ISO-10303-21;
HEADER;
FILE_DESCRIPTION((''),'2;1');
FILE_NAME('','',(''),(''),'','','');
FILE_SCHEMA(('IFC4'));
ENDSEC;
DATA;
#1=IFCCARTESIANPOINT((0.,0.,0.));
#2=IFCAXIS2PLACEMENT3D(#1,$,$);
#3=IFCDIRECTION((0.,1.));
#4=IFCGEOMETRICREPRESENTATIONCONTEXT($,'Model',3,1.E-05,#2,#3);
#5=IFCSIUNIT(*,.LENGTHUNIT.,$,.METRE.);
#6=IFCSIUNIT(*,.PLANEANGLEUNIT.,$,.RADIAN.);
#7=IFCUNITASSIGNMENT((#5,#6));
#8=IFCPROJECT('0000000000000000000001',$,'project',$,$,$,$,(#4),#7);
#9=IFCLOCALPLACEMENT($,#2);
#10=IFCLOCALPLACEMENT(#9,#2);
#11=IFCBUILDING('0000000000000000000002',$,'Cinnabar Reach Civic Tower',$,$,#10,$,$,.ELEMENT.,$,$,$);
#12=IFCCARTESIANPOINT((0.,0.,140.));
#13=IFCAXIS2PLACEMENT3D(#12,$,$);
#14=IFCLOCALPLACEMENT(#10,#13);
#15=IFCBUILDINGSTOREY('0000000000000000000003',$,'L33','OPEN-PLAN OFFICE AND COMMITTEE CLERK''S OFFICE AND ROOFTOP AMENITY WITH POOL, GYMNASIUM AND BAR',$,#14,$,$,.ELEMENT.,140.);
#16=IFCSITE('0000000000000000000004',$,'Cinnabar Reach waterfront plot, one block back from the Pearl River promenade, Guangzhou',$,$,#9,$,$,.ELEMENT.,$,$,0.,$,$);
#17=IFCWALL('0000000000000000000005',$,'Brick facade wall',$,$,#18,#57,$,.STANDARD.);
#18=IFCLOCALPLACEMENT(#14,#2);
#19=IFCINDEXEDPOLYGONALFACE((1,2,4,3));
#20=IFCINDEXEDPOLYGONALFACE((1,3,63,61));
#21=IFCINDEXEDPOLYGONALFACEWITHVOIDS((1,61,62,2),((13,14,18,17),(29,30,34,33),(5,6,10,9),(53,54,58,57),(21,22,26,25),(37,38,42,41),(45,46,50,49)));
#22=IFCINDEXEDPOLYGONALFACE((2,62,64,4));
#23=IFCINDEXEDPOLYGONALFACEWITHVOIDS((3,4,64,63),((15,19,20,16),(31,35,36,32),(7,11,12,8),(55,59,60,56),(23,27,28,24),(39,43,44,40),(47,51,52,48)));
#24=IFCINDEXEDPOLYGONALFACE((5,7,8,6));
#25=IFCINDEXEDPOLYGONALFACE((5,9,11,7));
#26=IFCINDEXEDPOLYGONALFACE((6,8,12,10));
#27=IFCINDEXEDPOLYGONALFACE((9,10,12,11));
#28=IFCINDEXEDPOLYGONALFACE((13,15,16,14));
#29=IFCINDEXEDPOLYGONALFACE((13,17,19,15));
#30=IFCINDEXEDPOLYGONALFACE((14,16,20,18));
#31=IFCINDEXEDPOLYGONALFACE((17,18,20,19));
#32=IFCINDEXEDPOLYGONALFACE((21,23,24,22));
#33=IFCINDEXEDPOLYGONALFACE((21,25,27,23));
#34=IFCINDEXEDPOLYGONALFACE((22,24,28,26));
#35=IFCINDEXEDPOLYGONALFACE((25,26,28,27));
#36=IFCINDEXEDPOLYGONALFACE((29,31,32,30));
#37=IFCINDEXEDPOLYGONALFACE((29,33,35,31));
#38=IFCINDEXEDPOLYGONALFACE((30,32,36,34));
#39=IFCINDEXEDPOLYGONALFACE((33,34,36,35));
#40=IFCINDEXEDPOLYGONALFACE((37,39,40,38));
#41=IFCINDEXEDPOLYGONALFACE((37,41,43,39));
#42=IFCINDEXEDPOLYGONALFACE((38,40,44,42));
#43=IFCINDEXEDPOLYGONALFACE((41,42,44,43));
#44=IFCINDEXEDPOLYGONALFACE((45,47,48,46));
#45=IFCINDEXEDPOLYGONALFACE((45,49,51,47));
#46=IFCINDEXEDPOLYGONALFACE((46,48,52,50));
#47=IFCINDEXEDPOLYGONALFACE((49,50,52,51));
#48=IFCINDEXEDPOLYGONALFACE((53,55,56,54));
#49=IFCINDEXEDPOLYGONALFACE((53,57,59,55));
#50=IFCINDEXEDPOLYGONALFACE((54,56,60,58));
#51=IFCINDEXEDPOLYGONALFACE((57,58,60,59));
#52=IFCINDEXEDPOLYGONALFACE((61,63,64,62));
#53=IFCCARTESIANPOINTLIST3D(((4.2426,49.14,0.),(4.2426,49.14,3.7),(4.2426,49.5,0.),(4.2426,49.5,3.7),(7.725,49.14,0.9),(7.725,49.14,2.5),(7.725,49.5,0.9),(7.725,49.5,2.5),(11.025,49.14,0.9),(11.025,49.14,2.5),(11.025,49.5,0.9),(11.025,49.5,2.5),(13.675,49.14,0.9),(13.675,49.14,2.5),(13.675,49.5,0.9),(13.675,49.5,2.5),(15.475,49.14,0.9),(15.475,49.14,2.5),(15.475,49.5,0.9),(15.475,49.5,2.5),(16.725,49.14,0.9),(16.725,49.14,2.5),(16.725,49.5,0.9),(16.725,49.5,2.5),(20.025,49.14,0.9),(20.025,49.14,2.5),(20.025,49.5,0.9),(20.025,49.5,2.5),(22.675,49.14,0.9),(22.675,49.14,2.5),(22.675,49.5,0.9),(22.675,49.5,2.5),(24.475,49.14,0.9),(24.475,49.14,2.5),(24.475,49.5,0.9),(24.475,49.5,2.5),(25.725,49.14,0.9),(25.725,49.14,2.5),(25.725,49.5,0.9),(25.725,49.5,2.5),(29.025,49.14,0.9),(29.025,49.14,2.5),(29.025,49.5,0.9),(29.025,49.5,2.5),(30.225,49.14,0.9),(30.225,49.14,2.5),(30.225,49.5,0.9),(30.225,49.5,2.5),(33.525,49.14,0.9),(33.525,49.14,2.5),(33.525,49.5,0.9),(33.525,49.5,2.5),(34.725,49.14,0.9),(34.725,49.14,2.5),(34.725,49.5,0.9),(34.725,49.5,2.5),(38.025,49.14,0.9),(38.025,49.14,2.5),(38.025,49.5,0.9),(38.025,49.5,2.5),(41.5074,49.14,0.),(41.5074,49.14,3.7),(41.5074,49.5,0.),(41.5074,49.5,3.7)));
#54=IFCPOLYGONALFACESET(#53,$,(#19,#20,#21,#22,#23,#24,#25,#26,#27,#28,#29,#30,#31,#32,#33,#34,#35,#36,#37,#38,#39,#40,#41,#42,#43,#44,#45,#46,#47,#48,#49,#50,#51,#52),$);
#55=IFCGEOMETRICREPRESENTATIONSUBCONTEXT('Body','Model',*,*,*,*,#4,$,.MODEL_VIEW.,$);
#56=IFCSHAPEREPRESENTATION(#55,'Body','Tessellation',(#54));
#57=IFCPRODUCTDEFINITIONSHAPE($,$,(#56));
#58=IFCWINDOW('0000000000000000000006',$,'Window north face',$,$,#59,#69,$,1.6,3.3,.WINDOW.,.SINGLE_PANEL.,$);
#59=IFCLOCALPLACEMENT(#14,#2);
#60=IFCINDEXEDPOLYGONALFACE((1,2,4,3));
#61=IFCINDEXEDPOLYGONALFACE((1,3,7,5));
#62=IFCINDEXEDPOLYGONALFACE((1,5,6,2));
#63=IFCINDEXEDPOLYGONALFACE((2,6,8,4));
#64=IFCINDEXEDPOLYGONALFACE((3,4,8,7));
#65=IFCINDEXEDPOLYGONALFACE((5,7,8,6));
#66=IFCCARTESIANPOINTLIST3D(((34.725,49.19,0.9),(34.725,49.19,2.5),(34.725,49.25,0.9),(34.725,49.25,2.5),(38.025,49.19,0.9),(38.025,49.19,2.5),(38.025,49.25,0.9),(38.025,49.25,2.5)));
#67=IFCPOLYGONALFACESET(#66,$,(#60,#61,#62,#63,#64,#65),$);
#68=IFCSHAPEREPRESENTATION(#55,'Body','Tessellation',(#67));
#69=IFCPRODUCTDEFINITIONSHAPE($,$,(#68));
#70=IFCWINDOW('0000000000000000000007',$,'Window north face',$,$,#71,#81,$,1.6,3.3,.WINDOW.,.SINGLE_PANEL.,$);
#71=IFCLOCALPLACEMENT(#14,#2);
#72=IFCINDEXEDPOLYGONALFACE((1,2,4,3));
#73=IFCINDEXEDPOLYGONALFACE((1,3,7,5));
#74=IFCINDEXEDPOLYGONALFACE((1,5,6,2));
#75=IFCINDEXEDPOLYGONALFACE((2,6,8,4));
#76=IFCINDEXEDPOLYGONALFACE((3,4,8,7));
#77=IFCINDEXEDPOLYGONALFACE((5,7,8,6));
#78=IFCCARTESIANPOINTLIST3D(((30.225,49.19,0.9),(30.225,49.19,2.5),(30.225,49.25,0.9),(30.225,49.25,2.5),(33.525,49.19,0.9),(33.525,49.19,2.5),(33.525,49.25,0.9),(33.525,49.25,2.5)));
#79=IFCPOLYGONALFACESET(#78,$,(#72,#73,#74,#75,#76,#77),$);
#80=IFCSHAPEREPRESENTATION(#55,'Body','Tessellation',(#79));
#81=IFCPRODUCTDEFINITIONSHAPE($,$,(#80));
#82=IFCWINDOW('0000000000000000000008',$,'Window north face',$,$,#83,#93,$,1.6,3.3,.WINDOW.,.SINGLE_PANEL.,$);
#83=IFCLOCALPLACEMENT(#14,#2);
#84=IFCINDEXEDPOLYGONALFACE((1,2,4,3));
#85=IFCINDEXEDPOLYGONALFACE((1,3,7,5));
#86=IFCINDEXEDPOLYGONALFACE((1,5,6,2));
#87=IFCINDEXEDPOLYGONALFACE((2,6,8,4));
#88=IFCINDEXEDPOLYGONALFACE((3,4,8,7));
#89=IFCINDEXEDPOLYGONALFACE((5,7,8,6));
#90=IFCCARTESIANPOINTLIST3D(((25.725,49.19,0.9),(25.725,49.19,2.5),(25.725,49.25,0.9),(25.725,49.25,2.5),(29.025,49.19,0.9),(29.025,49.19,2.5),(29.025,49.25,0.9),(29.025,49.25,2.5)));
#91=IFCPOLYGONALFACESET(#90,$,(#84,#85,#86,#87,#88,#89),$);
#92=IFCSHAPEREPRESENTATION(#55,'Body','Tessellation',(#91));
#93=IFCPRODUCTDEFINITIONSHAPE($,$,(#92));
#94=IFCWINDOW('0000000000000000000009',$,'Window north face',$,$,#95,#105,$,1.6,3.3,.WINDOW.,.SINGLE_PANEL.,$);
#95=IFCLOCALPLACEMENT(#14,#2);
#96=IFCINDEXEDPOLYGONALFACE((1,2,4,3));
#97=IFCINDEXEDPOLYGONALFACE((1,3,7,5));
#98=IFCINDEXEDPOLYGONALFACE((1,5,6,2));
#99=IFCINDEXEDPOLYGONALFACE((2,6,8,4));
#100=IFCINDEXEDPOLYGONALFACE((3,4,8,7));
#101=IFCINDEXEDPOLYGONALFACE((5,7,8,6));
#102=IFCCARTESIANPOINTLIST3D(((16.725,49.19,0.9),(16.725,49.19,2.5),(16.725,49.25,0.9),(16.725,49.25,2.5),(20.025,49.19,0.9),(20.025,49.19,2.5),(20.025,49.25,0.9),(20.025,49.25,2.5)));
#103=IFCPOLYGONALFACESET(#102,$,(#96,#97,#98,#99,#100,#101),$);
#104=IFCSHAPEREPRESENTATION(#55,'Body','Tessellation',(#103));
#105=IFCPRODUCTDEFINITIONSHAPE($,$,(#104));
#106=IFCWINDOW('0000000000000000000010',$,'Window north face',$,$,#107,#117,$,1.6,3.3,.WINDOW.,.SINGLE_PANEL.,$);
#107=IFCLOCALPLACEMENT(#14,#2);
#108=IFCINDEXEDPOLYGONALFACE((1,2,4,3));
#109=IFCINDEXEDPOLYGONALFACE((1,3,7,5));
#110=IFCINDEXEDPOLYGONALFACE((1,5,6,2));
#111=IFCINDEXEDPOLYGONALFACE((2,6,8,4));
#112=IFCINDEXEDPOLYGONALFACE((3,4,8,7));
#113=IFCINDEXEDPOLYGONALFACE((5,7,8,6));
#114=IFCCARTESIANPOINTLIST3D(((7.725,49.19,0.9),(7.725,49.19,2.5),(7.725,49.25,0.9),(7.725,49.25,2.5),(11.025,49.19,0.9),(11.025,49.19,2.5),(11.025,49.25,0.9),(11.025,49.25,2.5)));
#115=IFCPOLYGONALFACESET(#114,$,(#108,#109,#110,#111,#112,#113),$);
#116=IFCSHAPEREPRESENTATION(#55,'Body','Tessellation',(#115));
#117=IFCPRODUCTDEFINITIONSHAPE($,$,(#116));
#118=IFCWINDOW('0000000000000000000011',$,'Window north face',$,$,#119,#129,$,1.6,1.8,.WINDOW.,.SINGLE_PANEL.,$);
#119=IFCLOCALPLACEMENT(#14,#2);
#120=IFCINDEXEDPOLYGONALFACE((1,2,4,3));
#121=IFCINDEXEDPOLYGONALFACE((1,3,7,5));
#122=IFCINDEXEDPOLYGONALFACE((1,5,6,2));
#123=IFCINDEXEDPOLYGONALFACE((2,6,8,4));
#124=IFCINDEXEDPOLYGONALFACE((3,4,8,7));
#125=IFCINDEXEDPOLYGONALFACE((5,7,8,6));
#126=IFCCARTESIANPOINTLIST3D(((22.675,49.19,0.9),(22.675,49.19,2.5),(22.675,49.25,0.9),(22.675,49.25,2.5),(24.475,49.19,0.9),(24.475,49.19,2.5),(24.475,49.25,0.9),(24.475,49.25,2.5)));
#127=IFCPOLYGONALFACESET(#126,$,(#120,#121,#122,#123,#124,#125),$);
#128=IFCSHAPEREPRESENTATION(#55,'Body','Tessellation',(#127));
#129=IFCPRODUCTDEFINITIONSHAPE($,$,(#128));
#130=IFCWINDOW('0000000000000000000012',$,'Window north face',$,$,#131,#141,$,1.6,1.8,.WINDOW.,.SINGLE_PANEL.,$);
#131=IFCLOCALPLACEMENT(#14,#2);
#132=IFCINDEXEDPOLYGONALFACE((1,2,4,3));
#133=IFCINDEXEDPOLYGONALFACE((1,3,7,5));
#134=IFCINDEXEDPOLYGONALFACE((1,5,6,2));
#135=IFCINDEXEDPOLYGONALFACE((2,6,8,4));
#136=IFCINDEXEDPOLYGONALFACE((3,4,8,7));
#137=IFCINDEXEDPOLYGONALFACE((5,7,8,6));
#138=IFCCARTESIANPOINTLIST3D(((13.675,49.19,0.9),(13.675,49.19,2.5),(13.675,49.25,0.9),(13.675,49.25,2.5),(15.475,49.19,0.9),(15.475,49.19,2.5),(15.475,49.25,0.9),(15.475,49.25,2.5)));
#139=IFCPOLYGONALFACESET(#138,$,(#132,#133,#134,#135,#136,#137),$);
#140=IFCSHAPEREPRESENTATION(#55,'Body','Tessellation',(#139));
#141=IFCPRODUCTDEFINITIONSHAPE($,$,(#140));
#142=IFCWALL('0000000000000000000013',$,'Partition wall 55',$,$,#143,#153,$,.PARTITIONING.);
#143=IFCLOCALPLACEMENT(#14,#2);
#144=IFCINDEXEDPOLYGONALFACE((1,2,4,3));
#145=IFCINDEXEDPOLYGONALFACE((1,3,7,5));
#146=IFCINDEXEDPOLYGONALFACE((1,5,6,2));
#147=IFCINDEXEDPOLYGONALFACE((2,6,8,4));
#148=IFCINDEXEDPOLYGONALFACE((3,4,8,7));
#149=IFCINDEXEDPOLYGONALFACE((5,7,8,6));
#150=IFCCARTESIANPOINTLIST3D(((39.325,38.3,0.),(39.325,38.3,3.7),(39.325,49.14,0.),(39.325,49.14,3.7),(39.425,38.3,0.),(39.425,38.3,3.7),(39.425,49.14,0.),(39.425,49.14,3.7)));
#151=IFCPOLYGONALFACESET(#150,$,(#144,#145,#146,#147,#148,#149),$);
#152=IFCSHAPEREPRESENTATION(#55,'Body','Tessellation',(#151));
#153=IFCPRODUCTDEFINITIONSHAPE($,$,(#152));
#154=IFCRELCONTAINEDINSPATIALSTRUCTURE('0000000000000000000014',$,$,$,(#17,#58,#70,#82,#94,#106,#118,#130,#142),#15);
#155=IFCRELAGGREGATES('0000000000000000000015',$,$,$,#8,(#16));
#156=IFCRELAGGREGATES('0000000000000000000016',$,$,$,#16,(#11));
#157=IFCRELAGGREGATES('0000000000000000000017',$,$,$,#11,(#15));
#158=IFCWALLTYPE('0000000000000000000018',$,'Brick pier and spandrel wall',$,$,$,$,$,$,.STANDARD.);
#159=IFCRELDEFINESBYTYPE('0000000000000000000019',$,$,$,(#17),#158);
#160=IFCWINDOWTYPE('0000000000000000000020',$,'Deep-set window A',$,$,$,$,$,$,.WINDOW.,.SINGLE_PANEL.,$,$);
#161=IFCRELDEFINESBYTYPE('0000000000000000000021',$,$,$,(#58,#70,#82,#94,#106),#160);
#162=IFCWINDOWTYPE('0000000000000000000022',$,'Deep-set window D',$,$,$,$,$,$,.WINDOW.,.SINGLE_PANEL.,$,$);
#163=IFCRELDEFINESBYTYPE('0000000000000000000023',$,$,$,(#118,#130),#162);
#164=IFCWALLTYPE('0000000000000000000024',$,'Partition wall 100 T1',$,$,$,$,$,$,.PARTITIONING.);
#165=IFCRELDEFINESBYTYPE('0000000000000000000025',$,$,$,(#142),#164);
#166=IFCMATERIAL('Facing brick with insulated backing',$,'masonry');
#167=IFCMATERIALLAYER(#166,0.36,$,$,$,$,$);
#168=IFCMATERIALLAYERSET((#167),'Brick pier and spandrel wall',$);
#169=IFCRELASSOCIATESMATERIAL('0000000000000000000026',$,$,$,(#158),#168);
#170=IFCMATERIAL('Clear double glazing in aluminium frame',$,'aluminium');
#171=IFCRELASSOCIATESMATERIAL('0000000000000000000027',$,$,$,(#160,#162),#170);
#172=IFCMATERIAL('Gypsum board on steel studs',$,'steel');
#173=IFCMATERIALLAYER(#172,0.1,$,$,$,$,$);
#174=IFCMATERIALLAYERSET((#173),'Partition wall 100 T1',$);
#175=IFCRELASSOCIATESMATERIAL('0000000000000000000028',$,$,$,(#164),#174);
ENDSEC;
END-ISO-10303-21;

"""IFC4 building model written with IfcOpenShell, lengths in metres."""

from ifc_helpers import new_model, si_unit, direction, frame, frame_2d, origin, place, context, subcontext, project, spatial, rectangle, extrude, material, layer, layer_set, type_object, element, fill, save


model = new_model("IFC4")

# Units and contexts
model_context = context("Model", 3, precision=1e-05, world=origin(), true_north=direction((0.0, 1.0)))
body_context = subcontext(model_context, "Body", "Model", "MODEL_VIEW")
ifc_project = project(units=[si_unit("LENGTHUNIT", "METRE"), si_unit("PLANEANGLEUNIT", "RADIAN")], contexts=[model_context])

# Site, building, storey
site_placement = place(None, origin())
site = spatial("IfcSite", under=ifc_project, at=site_placement, Name="Cinnabar Reach waterfront plot, one block back from the Pearl River promenade, Guangzhou", CompositionType="ELEMENT", RefElevation=0.0)
building_placement = place(site_placement, origin())
building = spatial("IfcBuilding", under=site, at=building_placement, Name="Cinnabar Reach Civic Tower", CompositionType="ELEMENT")
storey_placement = place(building_placement, frame((0.0, 0.0, 140.0)))
storey = spatial("IfcBuildingStorey", under=building, at=storey_placement, Name="L33", Description="OPEN-PLAN OFFICE AND COMMITTEE CLERK'S OFFICE AND ROOFTOP AMENITY WITH POOL, GYMNASIUM AND BAR", CompositionType="ELEMENT", Elevation=140.0)

# Shared definitions
ifc_material_1 = material(Name="Facing brick with insulated backing", Category="masonry")

# Shared definitions
ifc_layer_1 = layer(ifc_material_1, 0.36)
ifc_layer_set_1 = layer_set([ifc_layer_1], Name="Brick pier and spandrel wall")
wall_type_1 = type_object("IfcWallType", Name="Brick pier and spandrel wall", PredefinedType="STANDARD", material=ifc_layer_set_1)
ifc_material_2 = material(Name="Clear double glazing in aluminium frame", Category="aluminium")
window_type_1 = type_object("IfcWindowType", Name="Deep-set window A", PartitioningType="SINGLE_PANEL", PredefinedType="WINDOW", material=ifc_material_2)

# Wall, openings, windows
wall_1_placement = place(storey_placement, frame((41.5074, 49.32, 0.0), z_axis=(0.0, 0.0, 1.0), x_axis=(-1.0, 0.0, 0.0)))
wall_1 = element("IfcWall", 1, at=wall_1_placement, inside=storey, type_object=wall_type_1, Name="Brick facade wall", PredefinedType="STANDARD", context=body_context, shape_type="SweptSolid", body=[
    extrude(rectangle(XDim=37.2648, YDim=0.36, at=frame_2d((18.6324, 0.0))), origin(), (0.0, 0.0, 1.0), 3.7),
])
opening_1_placement = place(wall_1_placement, frame((3.4824, 0.0, 0.9)))
opening_1 = element("IfcOpeningElement", 2, at=opening_1_placement, cuts=wall_1, PredefinedType="OPENING", context=body_context, shape_type="SweptSolid", body=[
    extrude(rectangle(XDim=3.3, YDim=1.6, at=frame_2d((1.65, 0.8))), frame((0.0, 0.19, 0.0), z_axis=(0.0, -1.0, 0.0), x_axis=(1.0, 0.0, 0.0)), (0.0, 0.0, 1.0), 0.38),
])
opening_2_placement = place(wall_1_placement, frame((7.9824, 0.0, 0.9)))
opening_2 = element("IfcOpeningElement", 3, at=opening_2_placement, cuts=wall_1, PredefinedType="OPENING", context=body_context, shape_type="SweptSolid", body=[
    extrude(rectangle(XDim=3.3, YDim=1.6, at=frame_2d((1.65, 0.8))), frame((0.0, 0.19, 0.0), z_axis=(0.0, -1.0, 0.0), x_axis=(1.0, 0.0, 0.0)), (0.0, 0.0, 1.0), 0.38),
])
opening_3_placement = place(wall_1_placement, frame((12.4824, 0.0, 0.9)))
opening_3 = element("IfcOpeningElement", 4, at=opening_3_placement, cuts=wall_1, PredefinedType="OPENING", context=body_context, shape_type="SweptSolid", body=[
    extrude(rectangle(XDim=3.3, YDim=1.6, at=frame_2d((1.65, 0.8))), frame((0.0, 0.19, 0.0), z_axis=(0.0, -1.0, 0.0), x_axis=(1.0, 0.0, 0.0)), (0.0, 0.0, 1.0), 0.38),
])
opening_4_placement = place(wall_1_placement, frame((17.0324, 0.0, 0.9)))
opening_4 = element("IfcOpeningElement", 5, at=opening_4_placement, cuts=wall_1, PredefinedType="OPENING", context=body_context, shape_type="SweptSolid", body=[
    extrude(rectangle(XDim=1.8, YDim=1.6, at=frame_2d((0.9, 0.8))), frame((0.0, 0.19, 0.0), z_axis=(0.0, -1.0, 0.0), x_axis=(1.0, 0.0, 0.0)), (0.0, 0.0, 1.0), 0.38),
])
opening_5_placement = place(wall_1_placement, frame((21.4824, 0.0, 0.9)))
opening_5 = element("IfcOpeningElement", 6, at=opening_5_placement, cuts=wall_1, PredefinedType="OPENING", context=body_context, shape_type="SweptSolid", body=[
    extrude(rectangle(XDim=3.3, YDim=1.6, at=frame_2d((1.65, 0.8))), frame((0.0, 0.19, 0.0), z_axis=(0.0, -1.0, 0.0), x_axis=(1.0, 0.0, 0.0)), (0.0, 0.0, 1.0), 0.38),
])
opening_6_placement = place(wall_1_placement, frame((26.0324, 0.0, 0.9)))
opening_6 = element("IfcOpeningElement", 7, at=opening_6_placement, cuts=wall_1, PredefinedType="OPENING", context=body_context, shape_type="SweptSolid", body=[
    extrude(rectangle(XDim=1.8, YDim=1.6, at=frame_2d((0.9, 0.8))), frame((0.0, 0.19, 0.0), z_axis=(0.0, -1.0, 0.0), x_axis=(1.0, 0.0, 0.0)), (0.0, 0.0, 1.0), 0.38),
])
opening_7_placement = place(wall_1_placement, frame((30.4824, 0.0, 0.9)))
opening_7 = element("IfcOpeningElement", 8, at=opening_7_placement, cuts=wall_1, PredefinedType="OPENING", context=body_context, shape_type="SweptSolid", body=[
    extrude(rectangle(XDim=3.3, YDim=1.6, at=frame_2d((1.65, 0.8))), frame((0.0, 0.19, 0.0), z_axis=(0.0, -1.0, 0.0), x_axis=(1.0, 0.0, 0.0)), (0.0, 0.0, 1.0), 0.38),
])
window_1_placement = place(opening_1_placement, origin())
window_1 = element("IfcWindow", 9, at=window_1_placement, inside=storey, type_object=window_type_1, Name="Window north face", OverallHeight=1.6, OverallWidth=3.3, PartitioningType="SINGLE_PANEL", PredefinedType="WINDOW", context=body_context, shape_type="SweptSolid", body=[
    extrude(rectangle(XDim=3.3, YDim=1.6, at=frame_2d((1.65, 0.8))), frame((0.0, 0.13, 0.0), z_axis=(0.0, -1.0, 0.0), x_axis=(1.0, 0.0, 0.0)), (0.0, 0.0, 1.0), 0.06),
])
fill(opening_1, window_1)
window_2_placement = place(opening_2_placement, origin())
window_2 = element("IfcWindow", 10, at=window_2_placement, inside=storey, type_object=window_type_1, Name="Window north face", OverallHeight=1.6, OverallWidth=3.3, PartitioningType="SINGLE_PANEL", PredefinedType="WINDOW", context=body_context, shape_type="SweptSolid", body=[
    extrude(rectangle(XDim=3.3, YDim=1.6, at=frame_2d((1.65, 0.8))), frame((0.0, 0.13, 0.0), z_axis=(0.0, -1.0, 0.0), x_axis=(1.0, 0.0, 0.0)), (0.0, 0.0, 1.0), 0.06),
])
fill(opening_2, window_2)
window_3_placement = place(opening_3_placement, origin())
window_3 = element("IfcWindow", 11, at=window_3_placement, inside=storey, type_object=window_type_1, Name="Window north face", OverallHeight=1.6, OverallWidth=3.3, PartitioningType="SINGLE_PANEL", PredefinedType="WINDOW", context=body_context, shape_type="SweptSolid", body=[
    extrude(rectangle(XDim=3.3, YDim=1.6, at=frame_2d((1.65, 0.8))), frame((0.0, 0.13, 0.0), z_axis=(0.0, -1.0, 0.0), x_axis=(1.0, 0.0, 0.0)), (0.0, 0.0, 1.0), 0.06),
])
fill(opening_3, window_3)
window_4_placement = place(opening_5_placement, origin())
window_4 = element("IfcWindow", 12, at=window_4_placement, inside=storey, type_object=window_type_1, Name="Window north face", OverallHeight=1.6, OverallWidth=3.3, PartitioningType="SINGLE_PANEL", PredefinedType="WINDOW", context=body_context, shape_type="SweptSolid", body=[
    extrude(rectangle(XDim=3.3, YDim=1.6, at=frame_2d((1.65, 0.8))), frame((0.0, 0.13, 0.0), z_axis=(0.0, -1.0, 0.0), x_axis=(1.0, 0.0, 0.0)), (0.0, 0.0, 1.0), 0.06),
])
fill(opening_5, window_4)
window_5_placement = place(opening_7_placement, origin())
window_5 = element("IfcWindow", 13, at=window_5_placement, inside=storey, type_object=window_type_1, Name="Window north face", OverallHeight=1.6, OverallWidth=3.3, PartitioningType="SINGLE_PANEL", PredefinedType="WINDOW", context=body_context, shape_type="SweptSolid", body=[
    extrude(rectangle(XDim=3.3, YDim=1.6, at=frame_2d((1.65, 0.8))), frame((0.0, 0.13, 0.0), z_axis=(0.0, -1.0, 0.0), x_axis=(1.0, 0.0, 0.0)), (0.0, 0.0, 1.0), 0.06),
])
fill(opening_7, window_5)
window_type_2 = type_object("IfcWindowType", Name="Deep-set window D", PartitioningType="SINGLE_PANEL", PredefinedType="WINDOW", material=ifc_material_2)
window_6_placement = place(opening_4_placement, origin())
window_6 = element("IfcWindow", 14, at=window_6_placement, inside=storey, type_object=window_type_2, Name="Window north face", OverallHeight=1.6, OverallWidth=1.8, PartitioningType="SINGLE_PANEL", PredefinedType="WINDOW", context=body_context, shape_type="SweptSolid", body=[
    extrude(rectangle(XDim=1.8, YDim=1.6, at=frame_2d((0.9, 0.8))), frame((0.0, 0.13, 0.0), z_axis=(0.0, -1.0, 0.0), x_axis=(1.0, 0.0, 0.0)), (0.0, 0.0, 1.0), 0.06),
])
fill(opening_4, window_6)
window_7_placement = place(opening_6_placement, origin())
window_7 = element("IfcWindow", 15, at=window_7_placement, inside=storey, type_object=window_type_2, Name="Window north face", OverallHeight=1.6, OverallWidth=1.8, PartitioningType="SINGLE_PANEL", PredefinedType="WINDOW", context=body_context, shape_type="SweptSolid", body=[
    extrude(rectangle(XDim=1.8, YDim=1.6, at=frame_2d((0.9, 0.8))), frame((0.0, 0.13, 0.0), z_axis=(0.0, -1.0, 0.0), x_axis=(1.0, 0.0, 0.0)), (0.0, 0.0, 1.0), 0.06),
])
fill(opening_6, window_7)

# Wall
ifc_material_3 = material(Name="Gypsum board on steel studs", Category="steel")
ifc_layer_2 = layer(ifc_material_3, 0.1)
ifc_layer_set_2 = layer_set([ifc_layer_2], Name="Partition wall 100 T1")
wall_type_2 = type_object("IfcWallType", Name="Partition wall 100 T1", PredefinedType="PARTITIONING", material=ifc_layer_set_2)
wall_2_placement = place(storey_placement, frame((39.375, 38.3, 0.0), z_axis=(0.0, 0.0, 1.0), x_axis=(0.0, 1.0, 0.0)))
element("IfcWall", 16, at=wall_2_placement, inside=storey, type_object=wall_type_2, Name="Partition wall 55", PredefinedType="PARTITIONING", context=body_context, shape_type="SweptSolid", body=[
    extrude(rectangle(XDim=10.84, YDim=0.1, at=frame_2d((5.42, 0.0))), origin(), (0.0, 0.0, 1.0), 3.7),
])

save(model, "model.ifc")
